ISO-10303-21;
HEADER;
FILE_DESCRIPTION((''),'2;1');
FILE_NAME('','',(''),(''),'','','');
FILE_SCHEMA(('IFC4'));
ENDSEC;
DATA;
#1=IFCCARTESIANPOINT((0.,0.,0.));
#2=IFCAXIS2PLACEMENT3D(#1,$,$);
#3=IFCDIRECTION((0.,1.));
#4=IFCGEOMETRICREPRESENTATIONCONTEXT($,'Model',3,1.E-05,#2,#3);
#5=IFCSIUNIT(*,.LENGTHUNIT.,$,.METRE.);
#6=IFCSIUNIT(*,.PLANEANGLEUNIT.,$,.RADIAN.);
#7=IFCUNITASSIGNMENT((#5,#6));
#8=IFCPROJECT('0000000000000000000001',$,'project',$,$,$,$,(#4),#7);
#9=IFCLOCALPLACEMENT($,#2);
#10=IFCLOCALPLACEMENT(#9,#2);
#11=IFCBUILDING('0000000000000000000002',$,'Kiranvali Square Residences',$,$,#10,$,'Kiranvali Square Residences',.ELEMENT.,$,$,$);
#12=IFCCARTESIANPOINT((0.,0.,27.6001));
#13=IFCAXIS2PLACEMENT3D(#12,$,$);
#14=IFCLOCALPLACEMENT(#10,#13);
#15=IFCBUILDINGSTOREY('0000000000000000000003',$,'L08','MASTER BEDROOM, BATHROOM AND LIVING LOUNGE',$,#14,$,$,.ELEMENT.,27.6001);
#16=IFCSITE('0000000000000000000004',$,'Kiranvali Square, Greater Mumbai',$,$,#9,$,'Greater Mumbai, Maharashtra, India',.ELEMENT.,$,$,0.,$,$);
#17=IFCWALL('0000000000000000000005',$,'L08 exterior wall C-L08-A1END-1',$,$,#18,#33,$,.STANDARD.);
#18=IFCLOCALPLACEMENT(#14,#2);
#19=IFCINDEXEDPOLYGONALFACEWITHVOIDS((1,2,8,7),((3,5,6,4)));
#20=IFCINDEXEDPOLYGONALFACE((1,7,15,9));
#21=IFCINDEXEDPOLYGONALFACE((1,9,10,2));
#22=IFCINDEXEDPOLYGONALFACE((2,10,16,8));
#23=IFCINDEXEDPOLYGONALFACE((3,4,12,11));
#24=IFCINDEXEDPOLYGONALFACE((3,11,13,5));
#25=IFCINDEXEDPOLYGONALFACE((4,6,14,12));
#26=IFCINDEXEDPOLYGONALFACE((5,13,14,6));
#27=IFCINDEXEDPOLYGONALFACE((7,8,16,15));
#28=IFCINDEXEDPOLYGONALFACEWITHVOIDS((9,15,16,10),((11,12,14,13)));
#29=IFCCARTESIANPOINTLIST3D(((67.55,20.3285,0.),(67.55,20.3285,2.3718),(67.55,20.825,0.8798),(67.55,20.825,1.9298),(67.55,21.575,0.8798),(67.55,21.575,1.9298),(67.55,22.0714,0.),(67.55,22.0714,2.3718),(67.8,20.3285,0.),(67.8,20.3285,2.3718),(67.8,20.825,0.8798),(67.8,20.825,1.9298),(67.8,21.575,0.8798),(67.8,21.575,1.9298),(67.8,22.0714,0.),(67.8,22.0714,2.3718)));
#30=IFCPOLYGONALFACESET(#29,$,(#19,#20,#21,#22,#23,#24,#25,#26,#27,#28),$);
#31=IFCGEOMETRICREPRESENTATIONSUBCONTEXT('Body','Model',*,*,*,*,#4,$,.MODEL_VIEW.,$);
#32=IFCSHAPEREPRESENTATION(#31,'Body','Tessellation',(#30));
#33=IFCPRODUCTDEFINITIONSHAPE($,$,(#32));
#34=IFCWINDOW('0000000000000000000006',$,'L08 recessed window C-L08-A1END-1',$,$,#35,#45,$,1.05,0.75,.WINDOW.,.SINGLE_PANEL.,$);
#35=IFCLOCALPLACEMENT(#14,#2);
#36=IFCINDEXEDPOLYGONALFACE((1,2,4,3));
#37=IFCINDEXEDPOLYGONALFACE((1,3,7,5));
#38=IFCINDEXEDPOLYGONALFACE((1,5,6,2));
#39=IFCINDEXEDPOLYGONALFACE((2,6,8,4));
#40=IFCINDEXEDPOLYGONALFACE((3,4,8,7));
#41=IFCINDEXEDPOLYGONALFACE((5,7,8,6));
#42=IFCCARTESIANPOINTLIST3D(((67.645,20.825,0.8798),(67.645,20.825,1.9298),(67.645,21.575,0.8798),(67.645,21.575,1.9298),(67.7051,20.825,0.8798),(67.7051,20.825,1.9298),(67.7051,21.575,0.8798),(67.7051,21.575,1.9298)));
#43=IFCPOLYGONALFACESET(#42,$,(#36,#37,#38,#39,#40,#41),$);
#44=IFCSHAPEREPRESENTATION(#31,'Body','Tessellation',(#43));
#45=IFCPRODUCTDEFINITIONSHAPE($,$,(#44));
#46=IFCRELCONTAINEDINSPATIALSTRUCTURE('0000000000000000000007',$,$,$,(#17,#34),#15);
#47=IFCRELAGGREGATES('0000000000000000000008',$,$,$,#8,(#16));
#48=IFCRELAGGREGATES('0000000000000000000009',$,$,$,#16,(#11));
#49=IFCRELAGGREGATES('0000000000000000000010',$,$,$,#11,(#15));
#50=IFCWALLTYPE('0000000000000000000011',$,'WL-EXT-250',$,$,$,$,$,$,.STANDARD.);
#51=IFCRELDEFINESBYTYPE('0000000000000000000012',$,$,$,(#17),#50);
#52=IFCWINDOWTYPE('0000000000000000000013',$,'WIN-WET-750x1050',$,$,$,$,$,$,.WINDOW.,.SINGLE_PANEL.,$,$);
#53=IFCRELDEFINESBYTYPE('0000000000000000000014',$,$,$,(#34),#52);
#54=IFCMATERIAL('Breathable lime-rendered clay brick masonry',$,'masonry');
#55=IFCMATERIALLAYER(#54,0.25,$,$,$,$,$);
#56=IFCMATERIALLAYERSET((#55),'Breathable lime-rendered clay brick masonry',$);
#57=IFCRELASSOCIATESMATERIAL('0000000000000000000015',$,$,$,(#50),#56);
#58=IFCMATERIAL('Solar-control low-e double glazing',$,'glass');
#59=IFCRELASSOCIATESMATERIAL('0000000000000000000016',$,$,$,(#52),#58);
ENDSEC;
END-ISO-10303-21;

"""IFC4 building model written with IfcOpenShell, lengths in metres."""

from ifc_helpers import new_model, si_unit, direction, frame, frame_2d, origin, place, context, subcontext, project, spatial, rectangle, extrude, material, layer, layer_set, type_object, element, fill, save


model = new_model("IFC4")

# Units and contexts
model_context = context("Model", 3, precision=1e-05, world=origin(), true_north=direction((0.0, 1.0)))
body_context = subcontext(model_context, "Body", "Model", "MODEL_VIEW")
ifc_project = project(units=[si_unit("LENGTHUNIT", "METRE"), si_unit("PLANEANGLEUNIT", "RADIAN")], contexts=[model_context])

# Site, building, storey
site_placement = place(None, origin())
site = spatial("IfcSite", under=ifc_project, at=site_placement, Name="Kiranvali Square, Greater Mumbai", LongName="Greater Mumbai, Maharashtra, India", CompositionType="ELEMENT", RefElevation=0.0)
building_placement = place(site_placement, origin())
building = spatial("IfcBuilding", under=site, at=building_placement, Name="Kiranvali Square Residences", LongName="Kiranvali Square Residences", CompositionType="ELEMENT")
storey_placement = place(building_placement, frame((0.0, 0.0, 27.6001)))
storey = spatial("IfcBuildingStorey", under=building, at=storey_placement, Name="L08", Description="MASTER BEDROOM, BATHROOM AND LIVING LOUNGE", CompositionType="ELEMENT", Elevation=27.6001)

# Wall, opening, window
ifc_material_1 = material(Name="Breathable lime-rendered clay brick masonry", Category="masonry")
ifc_layer_1 = layer(ifc_material_1, 0.25)
ifc_layer_set_1 = layer_set([ifc_layer_1], Name="Breathable lime-rendered clay brick masonry")
wall_type_1 = type_object("IfcWallType", Name="WL-EXT-250", PredefinedType="STANDARD", material=ifc_layer_set_1)
wall_1_placement = place(storey_placement, frame((67.675, 22.0715, 0.0), z_axis=(0.0, 0.0, 1.0), x_axis=(0.0, -1.0, 0.0)))
wall_1 = element("IfcWall", 1, at=wall_1_placement, inside=storey, type_object=wall_type_1, Name="L08 exterior wall C-L08-A1END-1", PredefinedType="STANDARD", context=body_context, shape_type="SweptSolid", body=[
    extrude(rectangle(XDim=1.7429, YDim=0.25, at=frame_2d((0.8716, 0.0))), origin(), (0.0, 0.0, 1.0), 2.3718),
])
opening_1_placement = place(wall_1_placement, frame((0.4966, 0.0, 0.8799)))
opening_1 = element("IfcOpeningElement", 2, at=opening_1_placement, cuts=wall_1, PredefinedType="OPENING", context=body_context, shape_type="SweptSolid", body=[
    extrude(rectangle(XDim=0.75, YDim=1.05, at=frame_2d((0.375, 0.5249))), frame((0.0, 0.135, 0.0), z_axis=(0.0, -1.0, 0.0), x_axis=(1.0, 0.0, 0.0)), (0.0, 0.0, 1.0), 0.27),
])
ifc_material_2 = material(Name="Solar-control low-e double glazing", Category="glass")
window_type_1 = type_object("IfcWindowType", Name="WIN-WET-750x1050", PartitioningType="SINGLE_PANEL", PredefinedType="WINDOW", material=ifc_material_2)
window_1_placement = place(opening_1_placement, origin())
window_1 = element("IfcWindow", 3, at=window_1_placement, inside=storey, type_object=window_type_1, Name="L08 recessed window C-L08-A1END-1", OverallHeight=1.05, OverallWidth=0.75, PartitioningType="SINGLE_PANEL", PredefinedType="WINDOW", context=body_context, shape_type="SweptSolid", body=[
    extrude(rectangle(XDim=0.75, YDim=1.05, at=frame_2d((0.375, 0.5249))), frame((0.0, 0.03, 0.0), z_axis=(0.0, -1.0, 0.0), x_axis=(1.0, 0.0, 0.0)), (0.0, 0.0, 1.0), 0.0601),
])
fill(opening_1, window_1)

save(model, "model.ifc")
